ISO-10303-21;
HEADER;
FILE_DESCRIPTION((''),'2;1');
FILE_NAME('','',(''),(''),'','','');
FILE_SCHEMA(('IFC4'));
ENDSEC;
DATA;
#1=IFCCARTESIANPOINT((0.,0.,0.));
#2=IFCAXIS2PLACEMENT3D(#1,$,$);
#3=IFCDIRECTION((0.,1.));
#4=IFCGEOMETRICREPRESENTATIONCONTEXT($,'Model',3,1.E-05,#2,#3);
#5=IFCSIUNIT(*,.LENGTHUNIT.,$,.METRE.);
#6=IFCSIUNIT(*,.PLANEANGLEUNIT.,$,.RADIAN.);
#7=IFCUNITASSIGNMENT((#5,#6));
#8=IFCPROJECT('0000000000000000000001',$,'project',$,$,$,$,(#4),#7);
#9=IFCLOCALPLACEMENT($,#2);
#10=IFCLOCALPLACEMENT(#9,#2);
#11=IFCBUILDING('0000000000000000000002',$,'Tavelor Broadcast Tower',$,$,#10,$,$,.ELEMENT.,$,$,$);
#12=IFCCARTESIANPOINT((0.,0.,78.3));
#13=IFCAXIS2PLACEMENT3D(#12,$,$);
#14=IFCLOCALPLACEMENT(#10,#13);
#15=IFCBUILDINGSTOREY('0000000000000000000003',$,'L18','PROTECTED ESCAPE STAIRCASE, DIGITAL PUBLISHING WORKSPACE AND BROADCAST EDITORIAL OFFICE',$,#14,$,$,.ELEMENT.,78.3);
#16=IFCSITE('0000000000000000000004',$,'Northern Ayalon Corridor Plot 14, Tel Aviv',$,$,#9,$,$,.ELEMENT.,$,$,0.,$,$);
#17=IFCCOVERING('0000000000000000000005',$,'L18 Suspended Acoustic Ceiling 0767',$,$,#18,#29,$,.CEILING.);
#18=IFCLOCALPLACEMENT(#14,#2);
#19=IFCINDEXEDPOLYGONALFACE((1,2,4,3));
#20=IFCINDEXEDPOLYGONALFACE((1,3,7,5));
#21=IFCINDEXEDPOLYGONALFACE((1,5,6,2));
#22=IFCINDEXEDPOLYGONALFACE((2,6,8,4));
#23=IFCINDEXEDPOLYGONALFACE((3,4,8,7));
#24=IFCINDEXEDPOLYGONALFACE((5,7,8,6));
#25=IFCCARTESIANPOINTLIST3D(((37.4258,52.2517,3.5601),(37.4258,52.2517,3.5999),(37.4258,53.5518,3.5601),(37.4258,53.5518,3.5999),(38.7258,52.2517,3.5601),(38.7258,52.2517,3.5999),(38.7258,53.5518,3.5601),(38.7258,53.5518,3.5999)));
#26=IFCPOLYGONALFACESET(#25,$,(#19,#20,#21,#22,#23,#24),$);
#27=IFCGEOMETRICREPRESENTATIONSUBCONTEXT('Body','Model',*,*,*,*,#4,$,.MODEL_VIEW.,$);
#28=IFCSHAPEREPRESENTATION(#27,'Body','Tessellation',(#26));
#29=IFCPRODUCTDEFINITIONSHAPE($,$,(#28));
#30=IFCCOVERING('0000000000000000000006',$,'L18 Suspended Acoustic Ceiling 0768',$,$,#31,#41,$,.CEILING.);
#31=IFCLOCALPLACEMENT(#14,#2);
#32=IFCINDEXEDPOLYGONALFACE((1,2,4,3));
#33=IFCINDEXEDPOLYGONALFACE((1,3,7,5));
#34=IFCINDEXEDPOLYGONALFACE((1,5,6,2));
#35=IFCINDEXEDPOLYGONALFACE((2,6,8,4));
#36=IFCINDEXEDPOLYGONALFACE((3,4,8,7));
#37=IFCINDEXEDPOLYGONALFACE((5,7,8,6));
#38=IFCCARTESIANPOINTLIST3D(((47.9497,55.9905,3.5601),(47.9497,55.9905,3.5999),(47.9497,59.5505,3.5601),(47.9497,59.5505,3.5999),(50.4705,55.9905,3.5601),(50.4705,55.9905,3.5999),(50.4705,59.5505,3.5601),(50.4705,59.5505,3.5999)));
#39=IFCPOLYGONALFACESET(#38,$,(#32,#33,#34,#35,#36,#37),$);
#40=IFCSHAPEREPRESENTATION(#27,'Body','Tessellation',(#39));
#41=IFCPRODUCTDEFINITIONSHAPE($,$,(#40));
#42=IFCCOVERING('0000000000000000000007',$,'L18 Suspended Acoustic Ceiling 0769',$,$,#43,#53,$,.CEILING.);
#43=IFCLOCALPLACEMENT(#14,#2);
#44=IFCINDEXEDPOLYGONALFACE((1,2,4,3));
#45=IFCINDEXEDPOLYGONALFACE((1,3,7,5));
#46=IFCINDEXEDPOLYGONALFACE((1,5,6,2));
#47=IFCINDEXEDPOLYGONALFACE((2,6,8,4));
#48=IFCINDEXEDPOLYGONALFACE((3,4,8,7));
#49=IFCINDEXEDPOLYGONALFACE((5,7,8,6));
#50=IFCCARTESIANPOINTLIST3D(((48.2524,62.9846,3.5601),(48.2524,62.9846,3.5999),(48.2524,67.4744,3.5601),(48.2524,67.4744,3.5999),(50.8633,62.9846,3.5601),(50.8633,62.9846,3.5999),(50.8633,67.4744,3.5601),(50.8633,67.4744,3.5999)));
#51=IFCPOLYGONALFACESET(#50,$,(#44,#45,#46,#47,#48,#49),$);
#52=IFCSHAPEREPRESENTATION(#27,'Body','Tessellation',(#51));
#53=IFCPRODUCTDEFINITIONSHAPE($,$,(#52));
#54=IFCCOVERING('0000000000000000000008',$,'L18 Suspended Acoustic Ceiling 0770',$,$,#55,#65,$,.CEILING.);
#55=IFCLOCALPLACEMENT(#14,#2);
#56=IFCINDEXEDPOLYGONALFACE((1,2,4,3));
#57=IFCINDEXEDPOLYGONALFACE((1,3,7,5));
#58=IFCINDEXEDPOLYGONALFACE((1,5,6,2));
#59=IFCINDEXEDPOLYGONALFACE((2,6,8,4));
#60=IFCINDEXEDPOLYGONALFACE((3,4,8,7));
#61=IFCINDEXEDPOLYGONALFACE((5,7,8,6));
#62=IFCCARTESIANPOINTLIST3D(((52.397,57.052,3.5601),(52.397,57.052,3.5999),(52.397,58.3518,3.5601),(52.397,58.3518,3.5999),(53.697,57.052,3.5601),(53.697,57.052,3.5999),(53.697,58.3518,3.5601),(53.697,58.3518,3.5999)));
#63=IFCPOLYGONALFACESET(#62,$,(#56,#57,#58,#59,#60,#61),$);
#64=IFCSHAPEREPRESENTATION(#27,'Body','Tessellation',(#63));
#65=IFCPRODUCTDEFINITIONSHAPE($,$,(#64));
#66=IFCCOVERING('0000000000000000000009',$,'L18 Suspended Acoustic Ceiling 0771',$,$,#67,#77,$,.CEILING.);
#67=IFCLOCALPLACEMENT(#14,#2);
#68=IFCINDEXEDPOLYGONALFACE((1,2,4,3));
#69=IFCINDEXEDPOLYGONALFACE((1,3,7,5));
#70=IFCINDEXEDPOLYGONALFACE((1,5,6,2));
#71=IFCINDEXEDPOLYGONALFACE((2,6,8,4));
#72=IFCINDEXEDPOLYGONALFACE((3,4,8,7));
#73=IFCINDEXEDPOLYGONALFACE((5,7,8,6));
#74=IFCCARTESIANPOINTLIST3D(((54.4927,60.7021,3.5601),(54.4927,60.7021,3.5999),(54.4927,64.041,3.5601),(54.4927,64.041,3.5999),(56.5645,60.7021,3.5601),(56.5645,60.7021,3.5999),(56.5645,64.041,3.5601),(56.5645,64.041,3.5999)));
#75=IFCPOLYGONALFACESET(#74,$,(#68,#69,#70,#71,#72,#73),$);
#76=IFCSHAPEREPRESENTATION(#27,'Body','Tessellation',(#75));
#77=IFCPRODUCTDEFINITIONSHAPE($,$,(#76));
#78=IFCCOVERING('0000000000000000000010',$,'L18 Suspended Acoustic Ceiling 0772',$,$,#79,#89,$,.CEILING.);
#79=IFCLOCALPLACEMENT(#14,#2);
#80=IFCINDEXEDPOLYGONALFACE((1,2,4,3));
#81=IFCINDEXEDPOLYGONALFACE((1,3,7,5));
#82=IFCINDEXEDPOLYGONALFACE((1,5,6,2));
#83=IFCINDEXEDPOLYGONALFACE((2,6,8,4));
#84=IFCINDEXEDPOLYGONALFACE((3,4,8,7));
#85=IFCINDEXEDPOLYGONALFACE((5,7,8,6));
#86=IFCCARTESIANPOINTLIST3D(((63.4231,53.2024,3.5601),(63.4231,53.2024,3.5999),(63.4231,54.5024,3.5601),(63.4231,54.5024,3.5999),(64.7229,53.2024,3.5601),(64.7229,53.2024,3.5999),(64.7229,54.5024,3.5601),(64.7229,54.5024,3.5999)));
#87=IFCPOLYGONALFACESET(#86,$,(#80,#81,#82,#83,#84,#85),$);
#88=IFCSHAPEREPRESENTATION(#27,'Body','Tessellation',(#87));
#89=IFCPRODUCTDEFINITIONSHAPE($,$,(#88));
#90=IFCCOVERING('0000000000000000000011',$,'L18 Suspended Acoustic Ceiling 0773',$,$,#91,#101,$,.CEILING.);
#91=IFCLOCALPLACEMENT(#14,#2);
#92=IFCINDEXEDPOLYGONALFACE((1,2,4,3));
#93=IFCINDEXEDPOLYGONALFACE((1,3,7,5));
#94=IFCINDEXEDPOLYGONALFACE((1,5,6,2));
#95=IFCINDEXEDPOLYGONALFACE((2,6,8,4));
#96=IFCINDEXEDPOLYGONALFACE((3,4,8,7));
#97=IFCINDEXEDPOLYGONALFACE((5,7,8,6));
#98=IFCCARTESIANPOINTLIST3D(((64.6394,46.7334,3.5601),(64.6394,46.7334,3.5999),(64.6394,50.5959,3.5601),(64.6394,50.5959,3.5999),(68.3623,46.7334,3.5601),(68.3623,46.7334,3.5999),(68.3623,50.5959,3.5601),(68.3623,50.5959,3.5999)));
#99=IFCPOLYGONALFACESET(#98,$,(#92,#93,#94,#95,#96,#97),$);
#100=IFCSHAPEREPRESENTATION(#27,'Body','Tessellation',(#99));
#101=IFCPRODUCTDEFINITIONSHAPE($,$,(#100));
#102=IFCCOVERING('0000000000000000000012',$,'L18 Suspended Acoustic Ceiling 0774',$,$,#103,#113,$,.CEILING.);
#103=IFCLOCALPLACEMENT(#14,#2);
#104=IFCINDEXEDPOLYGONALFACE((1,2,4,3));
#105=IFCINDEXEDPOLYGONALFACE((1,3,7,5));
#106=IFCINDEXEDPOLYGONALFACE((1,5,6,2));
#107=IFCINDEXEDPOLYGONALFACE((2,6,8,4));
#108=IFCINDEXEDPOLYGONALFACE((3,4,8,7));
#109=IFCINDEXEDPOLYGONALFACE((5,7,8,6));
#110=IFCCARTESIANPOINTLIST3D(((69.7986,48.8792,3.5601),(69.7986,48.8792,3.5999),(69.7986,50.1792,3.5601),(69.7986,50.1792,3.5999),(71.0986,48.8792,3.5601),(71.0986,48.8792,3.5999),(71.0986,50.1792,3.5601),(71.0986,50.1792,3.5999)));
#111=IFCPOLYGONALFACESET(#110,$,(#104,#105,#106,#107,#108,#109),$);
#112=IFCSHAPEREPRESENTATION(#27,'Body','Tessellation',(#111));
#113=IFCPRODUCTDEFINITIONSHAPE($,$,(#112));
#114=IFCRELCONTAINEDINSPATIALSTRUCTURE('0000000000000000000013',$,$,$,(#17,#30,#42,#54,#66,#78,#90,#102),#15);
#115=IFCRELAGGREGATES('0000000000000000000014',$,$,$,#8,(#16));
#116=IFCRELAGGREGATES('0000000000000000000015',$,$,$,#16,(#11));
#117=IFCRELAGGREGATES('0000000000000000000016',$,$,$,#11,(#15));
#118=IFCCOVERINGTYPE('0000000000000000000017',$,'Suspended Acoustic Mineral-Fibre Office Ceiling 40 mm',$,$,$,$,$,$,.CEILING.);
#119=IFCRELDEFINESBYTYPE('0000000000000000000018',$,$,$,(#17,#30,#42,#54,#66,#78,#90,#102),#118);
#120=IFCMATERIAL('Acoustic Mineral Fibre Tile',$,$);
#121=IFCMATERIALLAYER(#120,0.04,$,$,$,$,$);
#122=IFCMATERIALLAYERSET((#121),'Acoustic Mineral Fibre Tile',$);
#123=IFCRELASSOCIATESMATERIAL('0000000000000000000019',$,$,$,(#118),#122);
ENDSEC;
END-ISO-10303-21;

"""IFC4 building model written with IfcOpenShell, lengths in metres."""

from ifc_helpers import new_model, si_unit, direction, frame, origin, place, context, subcontext, project, spatial, polyline, outline, extrude, material, layer, layer_set, type_object, element, save


model = new_model("IFC4")

# Units and contexts
model_context = context("Model", 3, precision=1e-05, world=origin(), true_north=direction((0.0, 1.0)))
body_context = subcontext(model_context, "Body", "Model", "MODEL_VIEW")
ifc_project = project(units=[si_unit("LENGTHUNIT", "METRE"), si_unit("PLANEANGLEUNIT", "RADIAN")], contexts=[model_context])

# Site, building, storey
site_placement = place(None, origin())
site = spatial("IfcSite", under=ifc_project, at=site_placement, Name="Northern Ayalon Corridor Plot 14, Tel Aviv", CompositionType="ELEMENT", RefElevation=0.0)
building_placement = place(site_placement, origin())
building = spatial("IfcBuilding", under=site, at=building_placement, Name="Tavelor Broadcast Tower", CompositionType="ELEMENT")
storey_placement = place(building_placement, frame((0.0, 0.0, 78.3)))
storey = spatial("IfcBuildingStorey", under=building, at=storey_placement, Name="L18", Description="PROTECTED ESCAPE STAIRCASE, DIGITAL PUBLISHING WORKSPACE AND BROADCAST EDITORIAL OFFICE", CompositionType="ELEMENT", Elevation=78.3)

# Coverings
ifc_material_1 = material(Name="Acoustic Mineral Fibre Tile")
ifc_layer_1 = layer(ifc_material_1, 0.04)
ifc_layer_set_1 = layer_set([ifc_layer_1], Name="Acoustic Mineral Fibre Tile")
covering_type_1 = type_object("IfcCoveringType", Name="Suspended Acoustic Mineral-Fibre Office Ceiling 40 mm", PredefinedType="CEILING", material=ifc_layer_set_1)
covering_1_placement = place(storey_placement, frame((0.0, 0.0, 3.5601)))
element("IfcCovering", 1, at=covering_1_placement, inside=storey, type_object=covering_type_1, Name="L18 Suspended Acoustic Ceiling 0767", PredefinedType="CEILING", context=body_context, shape_type="SweptSolid", body=[
    extrude(outline(polyline([(37.4258, 52.2517), (38.7258, 52.2517), (38.7258, 53.5518), (37.4258, 53.5518), (37.4258, 52.2517)])), origin(), (0.0, 0.0, 1.0), 0.0398),
])
covering_2_placement = place(storey_placement, frame((0.0, 0.0, 3.5601)))
element("IfcCovering", 2, at=covering_2_placement, inside=storey, type_object=covering_type_1, Name="L18 Suspended Acoustic Ceiling 0768", PredefinedType="CEILING", context=body_context, shape_type="SweptSolid", body=[
    extrude(outline(polyline([(47.9497, 55.9905), (50.4705, 55.9905), (50.4705, 59.5505), (47.9497, 59.5505), (47.9497, 55.9905)])), origin(), (0.0, 0.0, 1.0), 0.0398),
])
covering_3_placement = place(storey_placement, frame((0.0, 0.0, 3.5601)))
element("IfcCovering", 3, at=covering_3_placement, inside=storey, type_object=covering_type_1, Name="L18 Suspended Acoustic Ceiling 0769", PredefinedType="CEILING", context=body_context, shape_type="SweptSolid", body=[
    extrude(outline(polyline([(48.2524, 62.9846), (50.8633, 62.9846), (50.8633, 67.4744), (48.2524, 67.4744), (48.2524, 62.9846)])), origin(), (0.0, 0.0, 1.0), 0.0398),
])
covering_4_placement = place(storey_placement, frame((0.0, 0.0, 3.5601)))
element("IfcCovering", 4, at=covering_4_placement, inside=storey, type_object=covering_type_1, Name="L18 Suspended Acoustic Ceiling 0770", PredefinedType="CEILING", context=body_context, shape_type="SweptSolid", body=[
    extrude(outline(polyline([(52.397, 57.052), (53.697, 57.052), (53.697, 58.3518), (52.397, 58.3518), (52.397, 57.052)])), origin(), (0.0, 0.0, 1.0), 0.0398),
])
covering_5_placement = place(storey_placement, frame((0.0, 0.0, 3.5601)))
element("IfcCovering", 5, at=covering_5_placement, inside=storey, type_object=covering_type_1, Name="L18 Suspended Acoustic Ceiling 0771", PredefinedType="CEILING", context=body_context, shape_type="SweptSolid", body=[
    extrude(outline(polyline([(54.4927, 60.7021), (56.5645, 60.7021), (56.5645, 64.041), (54.4927, 64.041), (54.4927, 60.7021)])), origin(), (0.0, 0.0, 1.0), 0.0398),
])
covering_6_placement = place(storey_placement, frame((0.0, 0.0, 3.5601)))
element("IfcCovering", 6, at=covering_6_placement, inside=storey, type_object=covering_type_1, Name="L18 Suspended Acoustic Ceiling 0772", PredefinedType="CEILING", context=body_context, shape_type="SweptSolid", body=[
    extrude(outline(polyline([(63.4231, 53.2024), (64.7229, 53.2024), (64.7229, 54.5024), (63.4231, 54.5024), (63.4231, 53.2024)])), origin(), (0.0, 0.0, 1.0), 0.0398),
])
covering_7_placement = place(storey_placement, frame((0.0, 0.0, 3.5601)))
element("IfcCovering", 7, at=covering_7_placement, inside=storey, type_object=covering_type_1, Name="L18 Suspended Acoustic Ceiling 0773", PredefinedType="CEILING", context=body_context, shape_type="SweptSolid", body=[
    extrude(outline(polyline([(64.6394, 46.7334), (68.3623, 46.7334), (68.3623, 50.5959), (64.6394, 50.5959), (64.6394, 46.7334)])), origin(), (0.0, 0.0, 1.0), 0.0398),
])
covering_8_placement = place(storey_placement, frame((0.0, 0.0, 3.5601)))
element("IfcCovering", 8, at=covering_8_placement, inside=storey, type_object=covering_type_1, Name="L18 Suspended Acoustic Ceiling 0774", PredefinedType="CEILING", context=body_context, shape_type="SweptSolid", body=[
    extrude(outline(polyline([(69.7986, 48.8792), (71.0986, 48.8792), (71.0986, 50.1792), (69.7986, 50.1792), (69.7986, 48.8792)])), origin(), (0.0, 0.0, 1.0), 0.0398),
])

save(model, "model.ifc")
